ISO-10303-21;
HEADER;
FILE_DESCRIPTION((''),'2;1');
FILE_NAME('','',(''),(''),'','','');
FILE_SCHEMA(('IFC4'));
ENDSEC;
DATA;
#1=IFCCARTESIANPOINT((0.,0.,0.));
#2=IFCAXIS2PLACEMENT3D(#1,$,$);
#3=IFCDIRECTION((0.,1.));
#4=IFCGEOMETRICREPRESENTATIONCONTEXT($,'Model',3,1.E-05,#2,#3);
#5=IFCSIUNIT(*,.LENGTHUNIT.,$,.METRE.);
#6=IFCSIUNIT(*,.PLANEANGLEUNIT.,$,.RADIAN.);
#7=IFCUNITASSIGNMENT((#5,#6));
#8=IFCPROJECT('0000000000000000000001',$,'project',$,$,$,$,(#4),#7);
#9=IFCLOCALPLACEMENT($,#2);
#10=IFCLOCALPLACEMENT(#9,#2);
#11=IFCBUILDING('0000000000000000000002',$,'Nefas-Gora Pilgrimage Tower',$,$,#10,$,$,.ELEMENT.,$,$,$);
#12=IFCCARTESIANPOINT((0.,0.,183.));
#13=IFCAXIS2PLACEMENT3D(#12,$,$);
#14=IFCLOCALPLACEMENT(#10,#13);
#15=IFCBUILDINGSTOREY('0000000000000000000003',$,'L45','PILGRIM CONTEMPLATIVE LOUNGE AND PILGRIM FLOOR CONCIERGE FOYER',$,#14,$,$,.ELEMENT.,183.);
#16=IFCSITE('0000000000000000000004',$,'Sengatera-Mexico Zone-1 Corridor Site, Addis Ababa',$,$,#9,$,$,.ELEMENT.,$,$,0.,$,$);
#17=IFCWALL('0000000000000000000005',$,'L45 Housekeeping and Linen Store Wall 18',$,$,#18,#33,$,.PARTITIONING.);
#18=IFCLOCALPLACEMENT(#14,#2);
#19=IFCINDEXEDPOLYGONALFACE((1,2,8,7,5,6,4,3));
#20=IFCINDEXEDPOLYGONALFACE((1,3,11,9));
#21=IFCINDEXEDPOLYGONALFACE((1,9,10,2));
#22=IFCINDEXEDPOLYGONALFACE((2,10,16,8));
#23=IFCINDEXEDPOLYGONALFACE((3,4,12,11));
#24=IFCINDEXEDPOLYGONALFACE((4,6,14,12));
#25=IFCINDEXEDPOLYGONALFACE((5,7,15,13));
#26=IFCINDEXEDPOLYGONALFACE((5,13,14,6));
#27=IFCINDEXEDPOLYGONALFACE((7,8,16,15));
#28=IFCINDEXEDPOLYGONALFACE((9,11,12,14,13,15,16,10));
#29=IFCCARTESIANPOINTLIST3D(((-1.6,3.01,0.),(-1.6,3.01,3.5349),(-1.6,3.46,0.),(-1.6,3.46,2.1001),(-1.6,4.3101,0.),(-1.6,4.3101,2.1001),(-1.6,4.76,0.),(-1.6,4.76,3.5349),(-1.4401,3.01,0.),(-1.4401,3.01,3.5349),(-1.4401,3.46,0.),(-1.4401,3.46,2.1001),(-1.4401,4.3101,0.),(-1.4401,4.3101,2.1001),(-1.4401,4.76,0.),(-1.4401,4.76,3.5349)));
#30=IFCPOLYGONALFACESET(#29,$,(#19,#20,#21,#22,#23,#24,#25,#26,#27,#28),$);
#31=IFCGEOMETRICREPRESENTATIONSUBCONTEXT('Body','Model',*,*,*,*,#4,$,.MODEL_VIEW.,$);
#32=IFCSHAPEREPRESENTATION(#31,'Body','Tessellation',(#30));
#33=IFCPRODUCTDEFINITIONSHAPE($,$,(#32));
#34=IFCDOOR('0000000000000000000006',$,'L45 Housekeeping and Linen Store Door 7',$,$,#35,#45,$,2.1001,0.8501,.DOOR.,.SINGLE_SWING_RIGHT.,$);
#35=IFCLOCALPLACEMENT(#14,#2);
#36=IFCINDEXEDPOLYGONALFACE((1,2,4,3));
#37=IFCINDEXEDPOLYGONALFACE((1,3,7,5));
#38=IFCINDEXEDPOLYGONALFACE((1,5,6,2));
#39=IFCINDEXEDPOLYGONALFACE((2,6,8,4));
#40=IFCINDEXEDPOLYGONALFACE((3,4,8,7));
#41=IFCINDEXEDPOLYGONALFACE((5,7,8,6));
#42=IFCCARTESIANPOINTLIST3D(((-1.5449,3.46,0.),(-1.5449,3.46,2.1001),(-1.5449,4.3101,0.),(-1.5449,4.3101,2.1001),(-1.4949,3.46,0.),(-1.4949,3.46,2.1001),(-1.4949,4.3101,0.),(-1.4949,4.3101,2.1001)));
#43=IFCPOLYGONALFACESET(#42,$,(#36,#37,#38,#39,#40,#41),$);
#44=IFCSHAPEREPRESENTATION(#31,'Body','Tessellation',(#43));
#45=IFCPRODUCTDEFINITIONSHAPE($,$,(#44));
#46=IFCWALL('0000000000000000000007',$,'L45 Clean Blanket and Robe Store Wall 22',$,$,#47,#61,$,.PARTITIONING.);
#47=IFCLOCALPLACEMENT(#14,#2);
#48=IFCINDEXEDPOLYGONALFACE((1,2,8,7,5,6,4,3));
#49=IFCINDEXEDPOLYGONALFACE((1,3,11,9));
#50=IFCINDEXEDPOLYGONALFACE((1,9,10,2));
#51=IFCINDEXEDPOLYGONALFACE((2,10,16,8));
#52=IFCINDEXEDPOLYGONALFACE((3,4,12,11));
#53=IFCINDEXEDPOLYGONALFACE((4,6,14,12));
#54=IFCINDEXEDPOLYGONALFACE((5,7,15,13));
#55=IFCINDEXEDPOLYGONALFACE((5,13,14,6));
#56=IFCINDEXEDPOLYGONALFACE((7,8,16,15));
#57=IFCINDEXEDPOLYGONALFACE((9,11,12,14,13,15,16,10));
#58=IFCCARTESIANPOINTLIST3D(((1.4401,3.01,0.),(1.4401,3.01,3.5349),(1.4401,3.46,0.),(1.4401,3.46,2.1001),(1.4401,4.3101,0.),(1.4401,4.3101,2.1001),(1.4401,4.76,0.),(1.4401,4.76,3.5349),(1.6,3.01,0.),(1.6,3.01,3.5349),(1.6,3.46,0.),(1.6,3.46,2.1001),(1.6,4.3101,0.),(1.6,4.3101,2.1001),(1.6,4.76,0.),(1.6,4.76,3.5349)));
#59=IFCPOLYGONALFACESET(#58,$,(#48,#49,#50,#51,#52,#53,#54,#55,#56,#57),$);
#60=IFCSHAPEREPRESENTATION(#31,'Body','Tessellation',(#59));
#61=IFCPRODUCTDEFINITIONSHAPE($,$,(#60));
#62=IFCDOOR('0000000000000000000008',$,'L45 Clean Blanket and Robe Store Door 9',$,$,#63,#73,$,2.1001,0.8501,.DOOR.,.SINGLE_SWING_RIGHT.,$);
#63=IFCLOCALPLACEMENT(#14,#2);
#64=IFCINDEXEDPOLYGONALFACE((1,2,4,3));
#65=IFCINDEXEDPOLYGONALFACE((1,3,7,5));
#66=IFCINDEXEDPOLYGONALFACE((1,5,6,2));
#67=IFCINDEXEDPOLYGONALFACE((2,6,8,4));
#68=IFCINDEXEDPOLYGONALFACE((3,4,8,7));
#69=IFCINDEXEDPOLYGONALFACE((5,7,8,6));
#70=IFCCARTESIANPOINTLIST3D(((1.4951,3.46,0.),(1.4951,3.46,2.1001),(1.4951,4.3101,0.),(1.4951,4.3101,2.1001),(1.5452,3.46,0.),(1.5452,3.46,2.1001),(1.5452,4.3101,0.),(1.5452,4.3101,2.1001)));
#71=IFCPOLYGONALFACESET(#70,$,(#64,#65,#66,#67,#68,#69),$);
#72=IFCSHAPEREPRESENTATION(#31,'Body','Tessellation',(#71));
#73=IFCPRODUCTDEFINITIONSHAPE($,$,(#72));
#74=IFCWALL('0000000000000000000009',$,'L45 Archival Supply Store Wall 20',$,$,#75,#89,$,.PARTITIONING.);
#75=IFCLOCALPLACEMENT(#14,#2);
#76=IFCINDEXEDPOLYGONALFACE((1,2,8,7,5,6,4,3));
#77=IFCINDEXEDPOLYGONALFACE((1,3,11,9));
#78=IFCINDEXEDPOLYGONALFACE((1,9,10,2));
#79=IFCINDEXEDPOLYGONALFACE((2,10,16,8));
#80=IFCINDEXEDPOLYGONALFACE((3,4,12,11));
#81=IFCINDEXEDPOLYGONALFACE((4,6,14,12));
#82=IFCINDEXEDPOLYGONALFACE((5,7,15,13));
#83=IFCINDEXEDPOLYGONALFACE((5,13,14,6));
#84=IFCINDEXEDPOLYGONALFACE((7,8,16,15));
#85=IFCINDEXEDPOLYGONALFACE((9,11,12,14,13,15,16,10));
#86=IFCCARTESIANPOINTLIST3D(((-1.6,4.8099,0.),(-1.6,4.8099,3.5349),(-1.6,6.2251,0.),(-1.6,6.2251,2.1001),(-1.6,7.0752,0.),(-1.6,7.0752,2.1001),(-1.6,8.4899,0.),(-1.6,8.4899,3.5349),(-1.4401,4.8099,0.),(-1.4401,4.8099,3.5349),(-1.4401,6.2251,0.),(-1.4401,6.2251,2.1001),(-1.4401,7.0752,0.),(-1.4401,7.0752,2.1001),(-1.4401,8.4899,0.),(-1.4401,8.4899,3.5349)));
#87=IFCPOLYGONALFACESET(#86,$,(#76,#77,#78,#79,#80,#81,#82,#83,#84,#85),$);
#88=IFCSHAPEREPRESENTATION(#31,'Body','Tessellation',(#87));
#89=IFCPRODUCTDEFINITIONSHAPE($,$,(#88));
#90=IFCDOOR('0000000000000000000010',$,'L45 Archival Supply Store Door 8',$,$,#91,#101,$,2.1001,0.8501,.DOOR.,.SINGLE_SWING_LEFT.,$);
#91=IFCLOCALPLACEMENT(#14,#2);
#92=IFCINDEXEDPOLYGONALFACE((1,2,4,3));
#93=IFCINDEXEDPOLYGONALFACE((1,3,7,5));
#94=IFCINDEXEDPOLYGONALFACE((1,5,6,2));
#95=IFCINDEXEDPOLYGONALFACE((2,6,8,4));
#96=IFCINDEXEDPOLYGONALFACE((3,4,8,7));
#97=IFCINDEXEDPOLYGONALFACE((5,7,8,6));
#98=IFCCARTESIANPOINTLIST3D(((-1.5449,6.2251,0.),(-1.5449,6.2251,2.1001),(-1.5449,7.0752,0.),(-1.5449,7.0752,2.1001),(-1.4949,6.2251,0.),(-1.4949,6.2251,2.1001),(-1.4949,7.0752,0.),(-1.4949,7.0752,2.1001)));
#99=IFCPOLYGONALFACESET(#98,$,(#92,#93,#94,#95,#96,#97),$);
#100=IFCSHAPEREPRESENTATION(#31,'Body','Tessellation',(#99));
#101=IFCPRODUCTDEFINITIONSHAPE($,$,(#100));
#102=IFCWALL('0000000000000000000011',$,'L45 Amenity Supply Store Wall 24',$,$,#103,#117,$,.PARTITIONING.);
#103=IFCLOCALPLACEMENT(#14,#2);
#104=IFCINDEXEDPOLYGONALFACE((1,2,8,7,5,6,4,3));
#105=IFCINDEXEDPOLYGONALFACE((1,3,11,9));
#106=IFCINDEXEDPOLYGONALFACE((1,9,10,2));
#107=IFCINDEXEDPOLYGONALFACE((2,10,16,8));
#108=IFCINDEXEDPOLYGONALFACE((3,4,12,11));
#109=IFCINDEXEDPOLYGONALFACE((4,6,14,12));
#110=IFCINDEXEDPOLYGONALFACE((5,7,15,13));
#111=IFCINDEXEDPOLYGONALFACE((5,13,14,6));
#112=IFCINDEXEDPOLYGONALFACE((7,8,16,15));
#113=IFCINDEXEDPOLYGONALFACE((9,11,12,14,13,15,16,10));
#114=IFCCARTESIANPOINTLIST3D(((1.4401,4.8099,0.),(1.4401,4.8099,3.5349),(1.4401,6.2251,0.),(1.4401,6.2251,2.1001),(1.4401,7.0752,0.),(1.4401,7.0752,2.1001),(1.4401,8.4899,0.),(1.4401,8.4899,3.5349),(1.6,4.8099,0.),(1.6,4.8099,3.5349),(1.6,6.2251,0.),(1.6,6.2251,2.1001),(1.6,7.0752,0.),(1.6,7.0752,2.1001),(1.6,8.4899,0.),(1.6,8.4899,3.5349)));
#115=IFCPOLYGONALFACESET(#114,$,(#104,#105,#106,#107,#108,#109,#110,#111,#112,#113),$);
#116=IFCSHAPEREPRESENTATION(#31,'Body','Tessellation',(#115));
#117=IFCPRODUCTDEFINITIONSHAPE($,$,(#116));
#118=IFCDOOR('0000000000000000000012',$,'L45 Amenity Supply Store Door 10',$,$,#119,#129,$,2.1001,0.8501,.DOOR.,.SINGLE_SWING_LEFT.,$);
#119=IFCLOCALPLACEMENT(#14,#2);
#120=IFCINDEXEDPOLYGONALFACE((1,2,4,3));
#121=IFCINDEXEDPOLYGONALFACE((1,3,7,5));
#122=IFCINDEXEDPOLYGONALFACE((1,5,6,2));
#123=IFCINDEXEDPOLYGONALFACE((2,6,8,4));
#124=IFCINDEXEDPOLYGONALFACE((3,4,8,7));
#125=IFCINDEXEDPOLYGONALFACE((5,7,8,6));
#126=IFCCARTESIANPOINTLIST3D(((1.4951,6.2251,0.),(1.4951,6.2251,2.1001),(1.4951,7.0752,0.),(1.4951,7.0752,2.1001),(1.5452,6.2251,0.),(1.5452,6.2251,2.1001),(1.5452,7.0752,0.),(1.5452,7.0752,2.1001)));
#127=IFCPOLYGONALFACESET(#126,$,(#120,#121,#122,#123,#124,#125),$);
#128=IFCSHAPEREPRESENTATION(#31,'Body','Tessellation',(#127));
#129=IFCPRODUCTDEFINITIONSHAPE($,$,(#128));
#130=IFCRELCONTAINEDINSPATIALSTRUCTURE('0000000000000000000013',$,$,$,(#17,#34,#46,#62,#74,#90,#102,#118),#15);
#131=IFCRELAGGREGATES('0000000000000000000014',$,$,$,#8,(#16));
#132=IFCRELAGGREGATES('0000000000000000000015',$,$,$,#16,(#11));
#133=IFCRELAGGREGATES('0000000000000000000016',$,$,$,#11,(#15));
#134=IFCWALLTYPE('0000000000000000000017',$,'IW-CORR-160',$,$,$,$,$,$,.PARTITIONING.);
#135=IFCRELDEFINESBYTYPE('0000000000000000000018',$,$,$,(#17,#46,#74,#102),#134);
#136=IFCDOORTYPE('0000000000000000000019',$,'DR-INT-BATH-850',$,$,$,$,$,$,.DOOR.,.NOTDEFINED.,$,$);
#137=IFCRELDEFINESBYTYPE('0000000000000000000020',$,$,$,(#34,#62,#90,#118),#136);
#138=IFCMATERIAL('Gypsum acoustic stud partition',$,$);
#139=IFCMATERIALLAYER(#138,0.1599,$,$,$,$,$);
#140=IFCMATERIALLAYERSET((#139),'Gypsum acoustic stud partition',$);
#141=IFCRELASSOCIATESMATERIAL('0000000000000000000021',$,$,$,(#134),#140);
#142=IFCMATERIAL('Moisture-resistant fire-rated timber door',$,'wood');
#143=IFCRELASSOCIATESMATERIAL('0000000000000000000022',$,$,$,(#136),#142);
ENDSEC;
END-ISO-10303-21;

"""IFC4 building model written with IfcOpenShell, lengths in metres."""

from ifc_helpers import new_model, si_unit, direction, frame, frame_2d, origin, place, context, subcontext, project, spatial, rectangle, extrude, source, transform, mapped, material, layer, layer_set, type_object, element, fill, save


model = new_model("IFC4")

# Units and contexts
model_context = context("Model", 3, precision=1e-05, world=origin(), true_north=direction((0.0, 1.0)))
body_context = subcontext(model_context, "Body", "Model", "MODEL_VIEW")
ifc_project = project(units=[si_unit("LENGTHUNIT", "METRE"), si_unit("PLANEANGLEUNIT", "RADIAN")], contexts=[model_context])

# Site, building, storey
site_placement = place(None, origin())
site = spatial("IfcSite", under=ifc_project, at=site_placement, Name="Sengatera-Mexico Zone-1 Corridor Site, Addis Ababa", CompositionType="ELEMENT", RefElevation=0.0)
building_placement = place(site_placement, origin())
building = spatial("IfcBuilding", under=site, at=building_placement, Name="Nefas-Gora Pilgrimage Tower", CompositionType="ELEMENT")
storey_placement = place(building_placement, frame((0.0, 0.0, 183.0)))
storey = spatial("IfcBuildingStorey", under=building, at=storey_placement, Name="L45", Description="PILGRIM CONTEMPLATIVE LOUNGE AND PILGRIM FLOOR CONCIERGE FOYER", CompositionType="ELEMENT", Elevation=183.0)

# Shared definitions
ifc_material_1 = material(Name="Gypsum acoustic stud partition")
ifc_layer_1 = layer(ifc_material_1, 0.1599)
ifc_layer_set_1 = layer_set([ifc_layer_1], Name="Gypsum acoustic stud partition")
wall_type_1 = type_object("IfcWallType", Name="IW-CORR-160", PredefinedType="PARTITIONING", material=ifc_layer_set_1)

# Walls, openings, doors
shared_shape_1 = source(origin(), body_context, "Body", "SweptSolid", [
    extrude(rectangle(XDim=1.75, YDim=0.1599, at=frame_2d((0.875, 0.0))), origin(), (0.0, 0.0, 1.0), 3.5349),
])
wall_1_placement = place(storey_placement, frame((-1.52, 3.01, 0.0), z_axis=(0.0, 0.0, 1.0), x_axis=(0.0, 1.0, 0.0)))
wall_1 = element("IfcWall", 1, at=wall_1_placement, inside=storey, type_object=wall_type_1, Name="L45 Housekeeping and Linen Store Wall 18", PredefinedType="PARTITIONING", context=body_context, shape_type="MappedRepresentation", body=[
    mapped(shared_shape_1, transform((0.0, 0.0, 0.0), x_axis=(1.0, 0.0, 0.0), y_axis=(0.0, 1.0, 0.0), z_axis=(0.0, 0.0, 1.0), scale=1.0)),
])
opening_1_placement = place(wall_1_placement, frame((0.45, 0.0, 0.0)))
opening_1 = element("IfcOpeningElement", 2, at=opening_1_placement, cuts=wall_1, PredefinedType="OPENING", context=body_context, shape_type="SweptSolid", body=[
    extrude(rectangle(XDim=0.8501, YDim=2.1001, at=frame_2d((0.425, 1.05))), frame((0.0, 0.0898, 0.0), z_axis=(0.0, -1.0, 0.0), x_axis=(1.0, 0.0, 0.0)), (0.0, 0.0, 1.0), 0.1799),
])
ifc_material_2 = material(Name="Moisture-resistant fire-rated timber door", Category="wood")
door_type_1 = type_object("IfcDoorType", Name="DR-INT-BATH-850", OperationType="NOTDEFINED", PredefinedType="DOOR", material=ifc_material_2)
shared_shape_2 = source(origin(), body_context, "Body", "SweptSolid", [
    extrude(rectangle(XDim=0.8501, YDim=2.1001, at=frame_2d((0.425, 1.05))), frame((0.0, 0.0249, 0.0), z_axis=(0.0, -1.0, 0.0), x_axis=(1.0, 0.0, 0.0)), (0.0, 0.0, 1.0), 0.05),
])
door_1_placement = place(opening_1_placement, origin())
door_1 = element("IfcDoor", 3, at=door_1_placement, inside=storey, type_object=door_type_1, Name="L45 Housekeeping and Linen Store Door 7", OperationType="SINGLE_SWING_RIGHT", OverallHeight=2.1001, OverallWidth=0.8501, PredefinedType="DOOR", context=body_context, shape_type="MappedRepresentation", body=[
    mapped(shared_shape_2, transform((0.0, 0.0, 0.0), x_axis=(1.0, 0.0, 0.0), y_axis=(0.0, 1.0, 0.0), z_axis=(0.0, 0.0, 1.0), scale=1.0)),
])
fill(opening_1, door_1)
wall_2_placement = place(storey_placement, frame((1.52, 3.01, 0.0), z_axis=(0.0, 0.0, 1.0), x_axis=(0.0, 1.0, 0.0)))
wall_2 = element("IfcWall", 4, at=wall_2_placement, inside=storey, type_object=wall_type_1, Name="L45 Clean Blanket and Robe Store Wall 22", PredefinedType="PARTITIONING", context=body_context, shape_type="MappedRepresentation", body=[
    mapped(shared_shape_1, transform((0.0, 0.0, 0.0), x_axis=(1.0, 0.0, 0.0), y_axis=(0.0, 1.0, 0.0), z_axis=(0.0, 0.0, 1.0), scale=1.0)),
])
opening_2_placement = place(wall_2_placement, frame((0.45, 0.0, 0.0)))
opening_2 = element("IfcOpeningElement", 5, at=opening_2_placement, cuts=wall_2, PredefinedType="OPENING", context=body_context, shape_type="SweptSolid", body=[
    extrude(rectangle(XDim=0.8501, YDim=2.1001, at=frame_2d((0.425, 1.05))), frame((0.0, 0.0898, 0.0), z_axis=(0.0, -1.0, 0.0), x_axis=(1.0, 0.0, 0.0)), (0.0, 0.0, 1.0), 0.1799),
])
door_2_placement = place(opening_2_placement, origin())
door_2 = element("IfcDoor", 6, at=door_2_placement, inside=storey, type_object=door_type_1, Name="L45 Clean Blanket and Robe Store Door 9", OperationType="SINGLE_SWING_RIGHT", OverallHeight=2.1001, OverallWidth=0.8501, PredefinedType="DOOR", context=body_context, shape_type="MappedRepresentation", body=[
    mapped(shared_shape_2, transform((0.0, 0.0, 0.0), x_axis=(1.0, 0.0, 0.0), y_axis=(0.0, 1.0, 0.0), z_axis=(0.0, 0.0, 1.0), scale=1.0)),
])
fill(opening_2, door_2)
shared_shape_3 = source(origin(), body_context, "Body", "SweptSolid", [
    extrude(rectangle(XDim=3.6799, YDim=0.1599, at=frame_2d((1.8398, 0.0))), origin(), (0.0, 0.0, 1.0), 3.5349),
])
wall_3_placement = place(storey_placement, frame((-1.52, 4.8101, 0.0), z_axis=(0.0, 0.0, 1.0), x_axis=(0.0, 1.0, 0.0)))
wall_3 = element("IfcWall", 7, at=wall_3_placement, inside=storey, type_object=wall_type_1, Name="L45 Archival Supply Store Wall 20", PredefinedType="PARTITIONING", context=body_context, shape_type="MappedRepresentation", body=[
    mapped(shared_shape_3, transform((0.0, 0.0, 0.0), x_axis=(1.0, 0.0, 0.0), y_axis=(0.0, 1.0, 0.0), z_axis=(0.0, 0.0, 1.0), scale=1.0)),
])
opening_3_placement = place(wall_3_placement, frame((1.415, 0.0, 0.0)))
opening_3 = element("IfcOpeningElement", 8, at=opening_3_placement, cuts=wall_3, PredefinedType="OPENING", context=body_context, shape_type="SweptSolid", body=[
    extrude(rectangle(XDim=0.8501, YDim=2.1001, at=frame_2d((0.425, 1.05))), frame((0.0, 0.0898, 0.0), z_axis=(0.0, -1.0, 0.0), x_axis=(1.0, 0.0, 0.0)), (0.0, 0.0, 1.0), 0.1799),
])
door_3_placement = place(opening_3_placement, origin())
door_3 = element("IfcDoor", 9, at=door_3_placement, inside=storey, type_object=door_type_1, Name="L45 Archival Supply Store Door 8", OperationType="SINGLE_SWING_LEFT", OverallHeight=2.1001, OverallWidth=0.8501, PredefinedType="DOOR", context=body_context, shape_type="MappedRepresentation", body=[
    mapped(shared_shape_2, transform((0.0, 0.0, 0.0), x_axis=(1.0, 0.0, 0.0), y_axis=(0.0, 1.0, 0.0), z_axis=(0.0, 0.0, 1.0), scale=1.0)),
])
fill(opening_3, door_3)
wall_4_placement = place(storey_placement, frame((1.52, 4.8101, 0.0), z_axis=(0.0, 0.0, 1.0), x_axis=(0.0, 1.0, 0.0)))
wall_4 = element("IfcWall", 10, at=wall_4_placement, inside=storey, type_object=wall_type_1, Name="L45 Amenity Supply Store Wall 24", PredefinedType="PARTITIONING", context=body_context, shape_type="MappedRepresentation", body=[
    mapped(shared_shape_3, transform((0.0, 0.0, 0.0), x_axis=(1.0, 0.0, 0.0), y_axis=(0.0, 1.0, 0.0), z_axis=(0.0, 0.0, 1.0), scale=1.0)),
])
opening_4_placement = place(wall_4_placement, frame((1.415, 0.0, 0.0)))
opening_4 = element("IfcOpeningElement", 11, at=opening_4_placement, cuts=wall_4, PredefinedType="OPENING", context=body_context, shape_type="SweptSolid", body=[
    extrude(rectangle(XDim=0.8501, YDim=2.1001, at=frame_2d((0.425, 1.05))), frame((0.0, 0.0898, 0.0), z_axis=(0.0, -1.0, 0.0), x_axis=(1.0, 0.0, 0.0)), (0.0, 0.0, 1.0), 0.1799),
])
door_4_placement = place(opening_4_placement, origin())
door_4 = element("IfcDoor", 12, at=door_4_placement, inside=storey, type_object=door_type_1, Name="L45 Amenity Supply Store Door 10", OperationType="SINGLE_SWING_LEFT", OverallHeight=2.1001, OverallWidth=0.8501, PredefinedType="DOOR", context=body_context, shape_type="MappedRepresentation", body=[
    mapped(shared_shape_2, transform((0.0, 0.0, 0.0), x_axis=(1.0, 0.0, 0.0), y_axis=(0.0, 1.0, 0.0), z_axis=(0.0, 0.0, 1.0), scale=1.0)),
])
fill(opening_4, door_4)

save(model, "model.ifc")
